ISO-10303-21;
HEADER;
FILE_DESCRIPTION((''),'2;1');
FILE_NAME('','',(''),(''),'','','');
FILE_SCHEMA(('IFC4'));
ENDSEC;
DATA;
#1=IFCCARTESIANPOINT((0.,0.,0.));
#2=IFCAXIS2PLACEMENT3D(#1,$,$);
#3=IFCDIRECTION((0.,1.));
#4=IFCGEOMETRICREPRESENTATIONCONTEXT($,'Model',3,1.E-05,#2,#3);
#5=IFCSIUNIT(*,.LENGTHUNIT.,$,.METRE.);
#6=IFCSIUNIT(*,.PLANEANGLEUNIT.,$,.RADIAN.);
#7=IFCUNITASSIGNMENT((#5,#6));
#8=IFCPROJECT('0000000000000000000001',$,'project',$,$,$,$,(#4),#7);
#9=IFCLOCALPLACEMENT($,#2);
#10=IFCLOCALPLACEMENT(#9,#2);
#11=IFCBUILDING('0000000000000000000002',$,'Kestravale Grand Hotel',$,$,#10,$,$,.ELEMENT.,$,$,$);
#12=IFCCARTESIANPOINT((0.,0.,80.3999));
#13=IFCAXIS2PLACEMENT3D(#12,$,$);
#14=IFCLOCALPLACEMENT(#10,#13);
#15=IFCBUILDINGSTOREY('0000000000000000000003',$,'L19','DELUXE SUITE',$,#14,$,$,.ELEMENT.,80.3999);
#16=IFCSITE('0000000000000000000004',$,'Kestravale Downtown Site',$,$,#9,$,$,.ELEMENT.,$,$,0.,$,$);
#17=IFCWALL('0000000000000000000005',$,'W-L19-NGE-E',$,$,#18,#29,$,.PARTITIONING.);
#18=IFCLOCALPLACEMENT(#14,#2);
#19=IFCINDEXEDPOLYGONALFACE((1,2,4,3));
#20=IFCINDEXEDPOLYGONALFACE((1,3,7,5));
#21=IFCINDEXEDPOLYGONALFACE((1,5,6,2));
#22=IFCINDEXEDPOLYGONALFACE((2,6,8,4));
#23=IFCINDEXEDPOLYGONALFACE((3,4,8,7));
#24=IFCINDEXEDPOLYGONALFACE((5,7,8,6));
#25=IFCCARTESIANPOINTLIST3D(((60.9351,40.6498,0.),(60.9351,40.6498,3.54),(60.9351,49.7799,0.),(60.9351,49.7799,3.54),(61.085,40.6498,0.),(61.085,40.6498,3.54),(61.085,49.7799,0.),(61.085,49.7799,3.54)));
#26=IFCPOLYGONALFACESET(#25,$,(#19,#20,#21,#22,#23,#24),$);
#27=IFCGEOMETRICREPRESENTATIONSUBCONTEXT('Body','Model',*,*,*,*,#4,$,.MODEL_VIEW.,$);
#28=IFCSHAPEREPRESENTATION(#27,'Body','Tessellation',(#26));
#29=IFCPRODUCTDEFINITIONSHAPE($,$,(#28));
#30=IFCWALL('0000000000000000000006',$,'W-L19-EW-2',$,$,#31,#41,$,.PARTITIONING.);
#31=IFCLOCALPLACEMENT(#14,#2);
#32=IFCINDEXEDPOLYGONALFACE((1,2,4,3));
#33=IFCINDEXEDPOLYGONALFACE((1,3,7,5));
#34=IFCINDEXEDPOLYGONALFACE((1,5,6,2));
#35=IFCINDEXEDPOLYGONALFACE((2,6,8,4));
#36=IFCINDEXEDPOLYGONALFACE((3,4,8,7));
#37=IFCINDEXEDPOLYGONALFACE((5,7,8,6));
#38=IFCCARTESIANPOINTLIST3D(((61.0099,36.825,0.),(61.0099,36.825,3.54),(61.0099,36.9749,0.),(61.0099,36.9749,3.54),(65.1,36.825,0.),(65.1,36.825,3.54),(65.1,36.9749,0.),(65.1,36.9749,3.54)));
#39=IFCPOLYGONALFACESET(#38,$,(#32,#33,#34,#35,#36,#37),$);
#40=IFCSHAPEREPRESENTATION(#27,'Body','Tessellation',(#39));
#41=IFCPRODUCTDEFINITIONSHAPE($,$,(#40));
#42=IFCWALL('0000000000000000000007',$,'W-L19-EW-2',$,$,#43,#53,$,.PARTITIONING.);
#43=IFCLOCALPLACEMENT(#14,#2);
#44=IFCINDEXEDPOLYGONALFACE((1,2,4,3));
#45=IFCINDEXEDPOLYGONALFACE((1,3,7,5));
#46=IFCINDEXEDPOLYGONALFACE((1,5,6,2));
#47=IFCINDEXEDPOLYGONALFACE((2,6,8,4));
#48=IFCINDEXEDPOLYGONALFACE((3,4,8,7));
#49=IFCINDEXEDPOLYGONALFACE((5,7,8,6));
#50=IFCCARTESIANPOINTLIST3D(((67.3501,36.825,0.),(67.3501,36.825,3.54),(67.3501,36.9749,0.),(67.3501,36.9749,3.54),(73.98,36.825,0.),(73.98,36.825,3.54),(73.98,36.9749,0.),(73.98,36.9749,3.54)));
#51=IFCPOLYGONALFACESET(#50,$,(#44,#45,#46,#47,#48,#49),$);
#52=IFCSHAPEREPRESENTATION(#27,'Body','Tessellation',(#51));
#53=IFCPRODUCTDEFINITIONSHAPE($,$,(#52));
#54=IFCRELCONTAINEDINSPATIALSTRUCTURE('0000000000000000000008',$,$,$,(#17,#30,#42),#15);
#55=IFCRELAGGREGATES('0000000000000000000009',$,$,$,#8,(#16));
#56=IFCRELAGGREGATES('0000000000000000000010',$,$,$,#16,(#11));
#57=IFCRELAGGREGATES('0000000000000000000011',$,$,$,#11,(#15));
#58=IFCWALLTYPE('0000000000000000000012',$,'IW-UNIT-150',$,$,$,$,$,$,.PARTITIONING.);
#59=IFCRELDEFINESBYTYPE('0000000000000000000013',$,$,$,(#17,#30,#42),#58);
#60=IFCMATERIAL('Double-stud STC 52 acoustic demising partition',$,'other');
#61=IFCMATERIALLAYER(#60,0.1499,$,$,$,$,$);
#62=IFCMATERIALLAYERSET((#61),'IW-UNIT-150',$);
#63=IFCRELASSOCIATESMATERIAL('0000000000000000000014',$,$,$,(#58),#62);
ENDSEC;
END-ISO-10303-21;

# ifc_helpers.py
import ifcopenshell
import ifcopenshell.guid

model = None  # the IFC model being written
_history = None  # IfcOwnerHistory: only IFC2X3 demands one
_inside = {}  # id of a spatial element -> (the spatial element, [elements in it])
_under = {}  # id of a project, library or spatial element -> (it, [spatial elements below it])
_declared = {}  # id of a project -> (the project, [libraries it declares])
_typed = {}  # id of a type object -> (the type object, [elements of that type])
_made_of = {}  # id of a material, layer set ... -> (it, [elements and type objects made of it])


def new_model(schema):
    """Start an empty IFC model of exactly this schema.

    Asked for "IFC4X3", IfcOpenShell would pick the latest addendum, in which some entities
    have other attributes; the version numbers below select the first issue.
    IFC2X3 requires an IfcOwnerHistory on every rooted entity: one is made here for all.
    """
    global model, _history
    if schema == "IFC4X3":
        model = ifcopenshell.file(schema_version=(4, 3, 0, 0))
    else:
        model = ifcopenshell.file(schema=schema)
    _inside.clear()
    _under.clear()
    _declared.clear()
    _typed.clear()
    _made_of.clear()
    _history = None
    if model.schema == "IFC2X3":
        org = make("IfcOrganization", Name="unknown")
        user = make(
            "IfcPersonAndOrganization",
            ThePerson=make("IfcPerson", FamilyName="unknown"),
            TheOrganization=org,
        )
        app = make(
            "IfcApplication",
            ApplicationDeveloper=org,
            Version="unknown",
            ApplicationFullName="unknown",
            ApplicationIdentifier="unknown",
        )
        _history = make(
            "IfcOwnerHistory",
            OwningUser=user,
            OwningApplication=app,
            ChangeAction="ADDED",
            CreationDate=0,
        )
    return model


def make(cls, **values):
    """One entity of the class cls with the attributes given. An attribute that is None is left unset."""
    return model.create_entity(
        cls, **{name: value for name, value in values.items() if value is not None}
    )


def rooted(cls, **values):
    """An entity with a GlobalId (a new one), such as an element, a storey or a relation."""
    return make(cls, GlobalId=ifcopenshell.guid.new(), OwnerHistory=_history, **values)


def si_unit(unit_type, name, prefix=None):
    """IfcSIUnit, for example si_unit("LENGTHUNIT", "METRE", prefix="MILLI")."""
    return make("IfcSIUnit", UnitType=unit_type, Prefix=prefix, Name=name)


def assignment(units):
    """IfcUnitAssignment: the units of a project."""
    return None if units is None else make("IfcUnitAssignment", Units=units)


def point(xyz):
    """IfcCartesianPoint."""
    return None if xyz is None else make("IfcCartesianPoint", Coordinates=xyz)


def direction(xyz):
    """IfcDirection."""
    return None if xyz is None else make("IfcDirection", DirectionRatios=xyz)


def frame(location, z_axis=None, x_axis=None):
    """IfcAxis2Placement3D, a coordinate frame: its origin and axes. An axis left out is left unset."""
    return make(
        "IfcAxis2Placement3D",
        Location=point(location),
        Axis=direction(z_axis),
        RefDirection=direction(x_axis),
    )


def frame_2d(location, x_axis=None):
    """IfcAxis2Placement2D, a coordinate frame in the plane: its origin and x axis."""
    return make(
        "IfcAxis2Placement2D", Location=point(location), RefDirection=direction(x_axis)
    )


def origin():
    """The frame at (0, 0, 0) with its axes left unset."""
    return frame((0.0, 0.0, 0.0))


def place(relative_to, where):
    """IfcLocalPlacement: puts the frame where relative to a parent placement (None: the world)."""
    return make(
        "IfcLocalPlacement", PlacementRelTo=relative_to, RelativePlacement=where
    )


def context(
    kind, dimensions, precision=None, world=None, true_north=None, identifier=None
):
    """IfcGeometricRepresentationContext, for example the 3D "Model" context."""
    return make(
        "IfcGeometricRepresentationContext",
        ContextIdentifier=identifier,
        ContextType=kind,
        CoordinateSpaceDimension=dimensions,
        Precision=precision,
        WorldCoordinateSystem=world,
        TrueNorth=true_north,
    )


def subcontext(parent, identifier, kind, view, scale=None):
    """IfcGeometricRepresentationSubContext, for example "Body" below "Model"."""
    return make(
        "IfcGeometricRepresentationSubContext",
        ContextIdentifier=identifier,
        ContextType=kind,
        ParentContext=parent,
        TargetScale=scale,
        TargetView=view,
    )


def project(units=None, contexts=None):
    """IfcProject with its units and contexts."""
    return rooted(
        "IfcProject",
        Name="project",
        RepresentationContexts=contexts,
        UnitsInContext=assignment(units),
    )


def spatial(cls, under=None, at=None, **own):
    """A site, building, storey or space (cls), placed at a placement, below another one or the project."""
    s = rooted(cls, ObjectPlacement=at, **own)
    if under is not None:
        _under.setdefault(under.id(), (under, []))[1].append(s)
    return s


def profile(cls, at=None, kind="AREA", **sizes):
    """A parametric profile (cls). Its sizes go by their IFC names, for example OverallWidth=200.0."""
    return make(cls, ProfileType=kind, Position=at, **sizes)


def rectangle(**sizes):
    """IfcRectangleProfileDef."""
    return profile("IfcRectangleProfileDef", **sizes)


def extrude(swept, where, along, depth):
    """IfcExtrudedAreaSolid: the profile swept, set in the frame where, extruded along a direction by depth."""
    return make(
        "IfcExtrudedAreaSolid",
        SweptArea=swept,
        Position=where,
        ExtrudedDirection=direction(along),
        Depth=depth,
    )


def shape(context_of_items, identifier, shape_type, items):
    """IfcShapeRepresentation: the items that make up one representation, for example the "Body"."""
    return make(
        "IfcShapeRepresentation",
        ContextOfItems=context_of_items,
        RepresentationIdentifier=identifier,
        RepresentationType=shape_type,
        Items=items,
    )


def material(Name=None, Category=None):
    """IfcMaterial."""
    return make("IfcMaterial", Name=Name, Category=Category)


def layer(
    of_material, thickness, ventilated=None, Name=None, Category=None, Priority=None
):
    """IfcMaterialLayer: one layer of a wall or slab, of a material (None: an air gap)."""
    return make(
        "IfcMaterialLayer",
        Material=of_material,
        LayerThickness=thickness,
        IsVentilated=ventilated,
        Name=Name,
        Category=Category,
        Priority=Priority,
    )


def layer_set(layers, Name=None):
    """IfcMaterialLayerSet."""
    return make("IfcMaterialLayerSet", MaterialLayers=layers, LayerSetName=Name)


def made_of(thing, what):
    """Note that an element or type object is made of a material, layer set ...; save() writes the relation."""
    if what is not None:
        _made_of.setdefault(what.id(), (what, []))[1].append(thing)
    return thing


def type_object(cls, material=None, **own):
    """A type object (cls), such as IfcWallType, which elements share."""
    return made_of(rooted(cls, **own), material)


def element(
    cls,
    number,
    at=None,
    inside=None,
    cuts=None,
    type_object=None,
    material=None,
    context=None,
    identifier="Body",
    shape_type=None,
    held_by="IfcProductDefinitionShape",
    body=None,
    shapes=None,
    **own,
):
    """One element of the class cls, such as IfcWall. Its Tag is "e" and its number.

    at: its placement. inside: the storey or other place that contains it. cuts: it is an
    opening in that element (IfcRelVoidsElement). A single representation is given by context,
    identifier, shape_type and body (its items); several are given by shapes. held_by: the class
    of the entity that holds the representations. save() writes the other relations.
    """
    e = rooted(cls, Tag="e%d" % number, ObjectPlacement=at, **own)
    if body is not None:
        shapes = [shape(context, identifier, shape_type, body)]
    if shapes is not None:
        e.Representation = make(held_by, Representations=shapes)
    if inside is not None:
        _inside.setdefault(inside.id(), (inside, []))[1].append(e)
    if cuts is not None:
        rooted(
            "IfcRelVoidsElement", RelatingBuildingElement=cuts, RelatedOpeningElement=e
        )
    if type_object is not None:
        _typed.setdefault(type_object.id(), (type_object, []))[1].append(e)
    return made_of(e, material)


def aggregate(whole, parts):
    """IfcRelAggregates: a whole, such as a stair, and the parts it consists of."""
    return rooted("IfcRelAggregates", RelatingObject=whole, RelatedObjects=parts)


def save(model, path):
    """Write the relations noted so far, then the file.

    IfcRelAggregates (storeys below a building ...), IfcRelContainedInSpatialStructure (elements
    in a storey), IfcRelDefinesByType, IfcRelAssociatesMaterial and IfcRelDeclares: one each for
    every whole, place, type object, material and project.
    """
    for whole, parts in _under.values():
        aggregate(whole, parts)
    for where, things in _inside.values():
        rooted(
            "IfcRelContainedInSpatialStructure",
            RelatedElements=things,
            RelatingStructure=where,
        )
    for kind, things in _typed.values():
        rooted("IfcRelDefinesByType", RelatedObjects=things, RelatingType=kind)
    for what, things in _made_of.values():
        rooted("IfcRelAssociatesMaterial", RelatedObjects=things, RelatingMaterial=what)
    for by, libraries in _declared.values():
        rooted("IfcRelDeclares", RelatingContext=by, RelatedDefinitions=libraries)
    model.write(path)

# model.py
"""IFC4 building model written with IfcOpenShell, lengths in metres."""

from ifc_helpers import new_model, si_unit, direction, frame, frame_2d, origin, place, context, subcontext, project, spatial, rectangle, extrude, material, layer, layer_set, type_object, element, save


model = new_model("IFC4")

# Units and contexts
model_context = context("Model", 3, precision=1e-05, world=origin(), true_north=direction((0.0, 1.0)))
body_context = subcontext(model_context, "Body", "Model", "MODEL_VIEW")
ifc_project = project(units=[si_unit("LENGTHUNIT", "METRE"), si_unit("PLANEANGLEUNIT", "RADIAN")], contexts=[model_context])

# Site, building, storey
site_placement = place(None, origin())
site = spatial("IfcSite", under=ifc_project, at=site_placement, Name="Kestravale Downtown Site", CompositionType="ELEMENT", RefElevation=0.0)
building_placement = place(site_placement, origin())
building = spatial("IfcBuilding", under=site, at=building_placement, Name="Kestravale Grand Hotel", CompositionType="ELEMENT")
storey_placement = place(building_placement, frame((0.0, 0.0, 80.3999)))
storey = spatial("IfcBuildingStorey", under=building, at=storey_placement, Name="L19", Description="DELUXE SUITE", CompositionType="ELEMENT", Elevation=80.3999)

# Shared definitions
ifc_material_1 = material(Name="Double-stud STC 52 acoustic demising partition", Category="other")
ifc_layer_1 = layer(ifc_material_1, 0.1499)
ifc_layer_set_1 = layer_set([ifc_layer_1], Name="IW-UNIT-150")
wall_type_1 = type_object("IfcWallType", Name="IW-UNIT-150", PredefinedType="PARTITIONING", material=ifc_layer_set_1)

# Walls
wall_1_placement = place(storey_placement, frame((61.01, 40.6499, 0.0), z_axis=(0.0, 0.0, 1.0), x_axis=(0.0, 1.0, 0.0)))
element("IfcWall", 1, at=wall_1_placement, inside=storey, type_object=wall_type_1, Name="W-L19-NGE-E", PredefinedType="PARTITIONING", context=body_context, shape_type="SweptSolid", body=[
    extrude(rectangle(XDim=9.1301, YDim=0.1499, at=frame_2d((4.5649, 0.0))), origin(), (0.0, 0.0, 1.0), 3.54),
])
wall_2_placement = place(storey_placement, frame((61.01, 36.8999, 0.0), z_axis=(0.0, 0.0, 1.0), x_axis=(1.0, 0.0, 0.0)))
element("IfcWall", 2, at=wall_2_placement, inside=storey, type_object=wall_type_1, Name="W-L19-EW-2", PredefinedType="PARTITIONING", context=body_context, shape_type="SweptSolid", body=[
    extrude(rectangle(XDim=4.0901, YDim=0.1499, at=frame_2d((2.0449, 0.0))), origin(), (0.0, 0.0, 1.0), 3.54),
])
wall_3_placement = place(storey_placement, frame((67.3501, 36.8999, 0.0), z_axis=(0.0, 0.0, 1.0), x_axis=(1.0, 0.0, 0.0)))
element("IfcWall", 3, at=wall_3_placement, inside=storey, type_object=wall_type_1, Name="W-L19-EW-2", PredefinedType="PARTITIONING", context=body_context, shape_type="SweptSolid", body=[
    extrude(rectangle(XDim=6.6299, YDim=0.1499, at=frame_2d((3.3149, 0.0))), origin(), (0.0, 0.0, 1.0), 3.54),
])

save(model, "model.ifc")
